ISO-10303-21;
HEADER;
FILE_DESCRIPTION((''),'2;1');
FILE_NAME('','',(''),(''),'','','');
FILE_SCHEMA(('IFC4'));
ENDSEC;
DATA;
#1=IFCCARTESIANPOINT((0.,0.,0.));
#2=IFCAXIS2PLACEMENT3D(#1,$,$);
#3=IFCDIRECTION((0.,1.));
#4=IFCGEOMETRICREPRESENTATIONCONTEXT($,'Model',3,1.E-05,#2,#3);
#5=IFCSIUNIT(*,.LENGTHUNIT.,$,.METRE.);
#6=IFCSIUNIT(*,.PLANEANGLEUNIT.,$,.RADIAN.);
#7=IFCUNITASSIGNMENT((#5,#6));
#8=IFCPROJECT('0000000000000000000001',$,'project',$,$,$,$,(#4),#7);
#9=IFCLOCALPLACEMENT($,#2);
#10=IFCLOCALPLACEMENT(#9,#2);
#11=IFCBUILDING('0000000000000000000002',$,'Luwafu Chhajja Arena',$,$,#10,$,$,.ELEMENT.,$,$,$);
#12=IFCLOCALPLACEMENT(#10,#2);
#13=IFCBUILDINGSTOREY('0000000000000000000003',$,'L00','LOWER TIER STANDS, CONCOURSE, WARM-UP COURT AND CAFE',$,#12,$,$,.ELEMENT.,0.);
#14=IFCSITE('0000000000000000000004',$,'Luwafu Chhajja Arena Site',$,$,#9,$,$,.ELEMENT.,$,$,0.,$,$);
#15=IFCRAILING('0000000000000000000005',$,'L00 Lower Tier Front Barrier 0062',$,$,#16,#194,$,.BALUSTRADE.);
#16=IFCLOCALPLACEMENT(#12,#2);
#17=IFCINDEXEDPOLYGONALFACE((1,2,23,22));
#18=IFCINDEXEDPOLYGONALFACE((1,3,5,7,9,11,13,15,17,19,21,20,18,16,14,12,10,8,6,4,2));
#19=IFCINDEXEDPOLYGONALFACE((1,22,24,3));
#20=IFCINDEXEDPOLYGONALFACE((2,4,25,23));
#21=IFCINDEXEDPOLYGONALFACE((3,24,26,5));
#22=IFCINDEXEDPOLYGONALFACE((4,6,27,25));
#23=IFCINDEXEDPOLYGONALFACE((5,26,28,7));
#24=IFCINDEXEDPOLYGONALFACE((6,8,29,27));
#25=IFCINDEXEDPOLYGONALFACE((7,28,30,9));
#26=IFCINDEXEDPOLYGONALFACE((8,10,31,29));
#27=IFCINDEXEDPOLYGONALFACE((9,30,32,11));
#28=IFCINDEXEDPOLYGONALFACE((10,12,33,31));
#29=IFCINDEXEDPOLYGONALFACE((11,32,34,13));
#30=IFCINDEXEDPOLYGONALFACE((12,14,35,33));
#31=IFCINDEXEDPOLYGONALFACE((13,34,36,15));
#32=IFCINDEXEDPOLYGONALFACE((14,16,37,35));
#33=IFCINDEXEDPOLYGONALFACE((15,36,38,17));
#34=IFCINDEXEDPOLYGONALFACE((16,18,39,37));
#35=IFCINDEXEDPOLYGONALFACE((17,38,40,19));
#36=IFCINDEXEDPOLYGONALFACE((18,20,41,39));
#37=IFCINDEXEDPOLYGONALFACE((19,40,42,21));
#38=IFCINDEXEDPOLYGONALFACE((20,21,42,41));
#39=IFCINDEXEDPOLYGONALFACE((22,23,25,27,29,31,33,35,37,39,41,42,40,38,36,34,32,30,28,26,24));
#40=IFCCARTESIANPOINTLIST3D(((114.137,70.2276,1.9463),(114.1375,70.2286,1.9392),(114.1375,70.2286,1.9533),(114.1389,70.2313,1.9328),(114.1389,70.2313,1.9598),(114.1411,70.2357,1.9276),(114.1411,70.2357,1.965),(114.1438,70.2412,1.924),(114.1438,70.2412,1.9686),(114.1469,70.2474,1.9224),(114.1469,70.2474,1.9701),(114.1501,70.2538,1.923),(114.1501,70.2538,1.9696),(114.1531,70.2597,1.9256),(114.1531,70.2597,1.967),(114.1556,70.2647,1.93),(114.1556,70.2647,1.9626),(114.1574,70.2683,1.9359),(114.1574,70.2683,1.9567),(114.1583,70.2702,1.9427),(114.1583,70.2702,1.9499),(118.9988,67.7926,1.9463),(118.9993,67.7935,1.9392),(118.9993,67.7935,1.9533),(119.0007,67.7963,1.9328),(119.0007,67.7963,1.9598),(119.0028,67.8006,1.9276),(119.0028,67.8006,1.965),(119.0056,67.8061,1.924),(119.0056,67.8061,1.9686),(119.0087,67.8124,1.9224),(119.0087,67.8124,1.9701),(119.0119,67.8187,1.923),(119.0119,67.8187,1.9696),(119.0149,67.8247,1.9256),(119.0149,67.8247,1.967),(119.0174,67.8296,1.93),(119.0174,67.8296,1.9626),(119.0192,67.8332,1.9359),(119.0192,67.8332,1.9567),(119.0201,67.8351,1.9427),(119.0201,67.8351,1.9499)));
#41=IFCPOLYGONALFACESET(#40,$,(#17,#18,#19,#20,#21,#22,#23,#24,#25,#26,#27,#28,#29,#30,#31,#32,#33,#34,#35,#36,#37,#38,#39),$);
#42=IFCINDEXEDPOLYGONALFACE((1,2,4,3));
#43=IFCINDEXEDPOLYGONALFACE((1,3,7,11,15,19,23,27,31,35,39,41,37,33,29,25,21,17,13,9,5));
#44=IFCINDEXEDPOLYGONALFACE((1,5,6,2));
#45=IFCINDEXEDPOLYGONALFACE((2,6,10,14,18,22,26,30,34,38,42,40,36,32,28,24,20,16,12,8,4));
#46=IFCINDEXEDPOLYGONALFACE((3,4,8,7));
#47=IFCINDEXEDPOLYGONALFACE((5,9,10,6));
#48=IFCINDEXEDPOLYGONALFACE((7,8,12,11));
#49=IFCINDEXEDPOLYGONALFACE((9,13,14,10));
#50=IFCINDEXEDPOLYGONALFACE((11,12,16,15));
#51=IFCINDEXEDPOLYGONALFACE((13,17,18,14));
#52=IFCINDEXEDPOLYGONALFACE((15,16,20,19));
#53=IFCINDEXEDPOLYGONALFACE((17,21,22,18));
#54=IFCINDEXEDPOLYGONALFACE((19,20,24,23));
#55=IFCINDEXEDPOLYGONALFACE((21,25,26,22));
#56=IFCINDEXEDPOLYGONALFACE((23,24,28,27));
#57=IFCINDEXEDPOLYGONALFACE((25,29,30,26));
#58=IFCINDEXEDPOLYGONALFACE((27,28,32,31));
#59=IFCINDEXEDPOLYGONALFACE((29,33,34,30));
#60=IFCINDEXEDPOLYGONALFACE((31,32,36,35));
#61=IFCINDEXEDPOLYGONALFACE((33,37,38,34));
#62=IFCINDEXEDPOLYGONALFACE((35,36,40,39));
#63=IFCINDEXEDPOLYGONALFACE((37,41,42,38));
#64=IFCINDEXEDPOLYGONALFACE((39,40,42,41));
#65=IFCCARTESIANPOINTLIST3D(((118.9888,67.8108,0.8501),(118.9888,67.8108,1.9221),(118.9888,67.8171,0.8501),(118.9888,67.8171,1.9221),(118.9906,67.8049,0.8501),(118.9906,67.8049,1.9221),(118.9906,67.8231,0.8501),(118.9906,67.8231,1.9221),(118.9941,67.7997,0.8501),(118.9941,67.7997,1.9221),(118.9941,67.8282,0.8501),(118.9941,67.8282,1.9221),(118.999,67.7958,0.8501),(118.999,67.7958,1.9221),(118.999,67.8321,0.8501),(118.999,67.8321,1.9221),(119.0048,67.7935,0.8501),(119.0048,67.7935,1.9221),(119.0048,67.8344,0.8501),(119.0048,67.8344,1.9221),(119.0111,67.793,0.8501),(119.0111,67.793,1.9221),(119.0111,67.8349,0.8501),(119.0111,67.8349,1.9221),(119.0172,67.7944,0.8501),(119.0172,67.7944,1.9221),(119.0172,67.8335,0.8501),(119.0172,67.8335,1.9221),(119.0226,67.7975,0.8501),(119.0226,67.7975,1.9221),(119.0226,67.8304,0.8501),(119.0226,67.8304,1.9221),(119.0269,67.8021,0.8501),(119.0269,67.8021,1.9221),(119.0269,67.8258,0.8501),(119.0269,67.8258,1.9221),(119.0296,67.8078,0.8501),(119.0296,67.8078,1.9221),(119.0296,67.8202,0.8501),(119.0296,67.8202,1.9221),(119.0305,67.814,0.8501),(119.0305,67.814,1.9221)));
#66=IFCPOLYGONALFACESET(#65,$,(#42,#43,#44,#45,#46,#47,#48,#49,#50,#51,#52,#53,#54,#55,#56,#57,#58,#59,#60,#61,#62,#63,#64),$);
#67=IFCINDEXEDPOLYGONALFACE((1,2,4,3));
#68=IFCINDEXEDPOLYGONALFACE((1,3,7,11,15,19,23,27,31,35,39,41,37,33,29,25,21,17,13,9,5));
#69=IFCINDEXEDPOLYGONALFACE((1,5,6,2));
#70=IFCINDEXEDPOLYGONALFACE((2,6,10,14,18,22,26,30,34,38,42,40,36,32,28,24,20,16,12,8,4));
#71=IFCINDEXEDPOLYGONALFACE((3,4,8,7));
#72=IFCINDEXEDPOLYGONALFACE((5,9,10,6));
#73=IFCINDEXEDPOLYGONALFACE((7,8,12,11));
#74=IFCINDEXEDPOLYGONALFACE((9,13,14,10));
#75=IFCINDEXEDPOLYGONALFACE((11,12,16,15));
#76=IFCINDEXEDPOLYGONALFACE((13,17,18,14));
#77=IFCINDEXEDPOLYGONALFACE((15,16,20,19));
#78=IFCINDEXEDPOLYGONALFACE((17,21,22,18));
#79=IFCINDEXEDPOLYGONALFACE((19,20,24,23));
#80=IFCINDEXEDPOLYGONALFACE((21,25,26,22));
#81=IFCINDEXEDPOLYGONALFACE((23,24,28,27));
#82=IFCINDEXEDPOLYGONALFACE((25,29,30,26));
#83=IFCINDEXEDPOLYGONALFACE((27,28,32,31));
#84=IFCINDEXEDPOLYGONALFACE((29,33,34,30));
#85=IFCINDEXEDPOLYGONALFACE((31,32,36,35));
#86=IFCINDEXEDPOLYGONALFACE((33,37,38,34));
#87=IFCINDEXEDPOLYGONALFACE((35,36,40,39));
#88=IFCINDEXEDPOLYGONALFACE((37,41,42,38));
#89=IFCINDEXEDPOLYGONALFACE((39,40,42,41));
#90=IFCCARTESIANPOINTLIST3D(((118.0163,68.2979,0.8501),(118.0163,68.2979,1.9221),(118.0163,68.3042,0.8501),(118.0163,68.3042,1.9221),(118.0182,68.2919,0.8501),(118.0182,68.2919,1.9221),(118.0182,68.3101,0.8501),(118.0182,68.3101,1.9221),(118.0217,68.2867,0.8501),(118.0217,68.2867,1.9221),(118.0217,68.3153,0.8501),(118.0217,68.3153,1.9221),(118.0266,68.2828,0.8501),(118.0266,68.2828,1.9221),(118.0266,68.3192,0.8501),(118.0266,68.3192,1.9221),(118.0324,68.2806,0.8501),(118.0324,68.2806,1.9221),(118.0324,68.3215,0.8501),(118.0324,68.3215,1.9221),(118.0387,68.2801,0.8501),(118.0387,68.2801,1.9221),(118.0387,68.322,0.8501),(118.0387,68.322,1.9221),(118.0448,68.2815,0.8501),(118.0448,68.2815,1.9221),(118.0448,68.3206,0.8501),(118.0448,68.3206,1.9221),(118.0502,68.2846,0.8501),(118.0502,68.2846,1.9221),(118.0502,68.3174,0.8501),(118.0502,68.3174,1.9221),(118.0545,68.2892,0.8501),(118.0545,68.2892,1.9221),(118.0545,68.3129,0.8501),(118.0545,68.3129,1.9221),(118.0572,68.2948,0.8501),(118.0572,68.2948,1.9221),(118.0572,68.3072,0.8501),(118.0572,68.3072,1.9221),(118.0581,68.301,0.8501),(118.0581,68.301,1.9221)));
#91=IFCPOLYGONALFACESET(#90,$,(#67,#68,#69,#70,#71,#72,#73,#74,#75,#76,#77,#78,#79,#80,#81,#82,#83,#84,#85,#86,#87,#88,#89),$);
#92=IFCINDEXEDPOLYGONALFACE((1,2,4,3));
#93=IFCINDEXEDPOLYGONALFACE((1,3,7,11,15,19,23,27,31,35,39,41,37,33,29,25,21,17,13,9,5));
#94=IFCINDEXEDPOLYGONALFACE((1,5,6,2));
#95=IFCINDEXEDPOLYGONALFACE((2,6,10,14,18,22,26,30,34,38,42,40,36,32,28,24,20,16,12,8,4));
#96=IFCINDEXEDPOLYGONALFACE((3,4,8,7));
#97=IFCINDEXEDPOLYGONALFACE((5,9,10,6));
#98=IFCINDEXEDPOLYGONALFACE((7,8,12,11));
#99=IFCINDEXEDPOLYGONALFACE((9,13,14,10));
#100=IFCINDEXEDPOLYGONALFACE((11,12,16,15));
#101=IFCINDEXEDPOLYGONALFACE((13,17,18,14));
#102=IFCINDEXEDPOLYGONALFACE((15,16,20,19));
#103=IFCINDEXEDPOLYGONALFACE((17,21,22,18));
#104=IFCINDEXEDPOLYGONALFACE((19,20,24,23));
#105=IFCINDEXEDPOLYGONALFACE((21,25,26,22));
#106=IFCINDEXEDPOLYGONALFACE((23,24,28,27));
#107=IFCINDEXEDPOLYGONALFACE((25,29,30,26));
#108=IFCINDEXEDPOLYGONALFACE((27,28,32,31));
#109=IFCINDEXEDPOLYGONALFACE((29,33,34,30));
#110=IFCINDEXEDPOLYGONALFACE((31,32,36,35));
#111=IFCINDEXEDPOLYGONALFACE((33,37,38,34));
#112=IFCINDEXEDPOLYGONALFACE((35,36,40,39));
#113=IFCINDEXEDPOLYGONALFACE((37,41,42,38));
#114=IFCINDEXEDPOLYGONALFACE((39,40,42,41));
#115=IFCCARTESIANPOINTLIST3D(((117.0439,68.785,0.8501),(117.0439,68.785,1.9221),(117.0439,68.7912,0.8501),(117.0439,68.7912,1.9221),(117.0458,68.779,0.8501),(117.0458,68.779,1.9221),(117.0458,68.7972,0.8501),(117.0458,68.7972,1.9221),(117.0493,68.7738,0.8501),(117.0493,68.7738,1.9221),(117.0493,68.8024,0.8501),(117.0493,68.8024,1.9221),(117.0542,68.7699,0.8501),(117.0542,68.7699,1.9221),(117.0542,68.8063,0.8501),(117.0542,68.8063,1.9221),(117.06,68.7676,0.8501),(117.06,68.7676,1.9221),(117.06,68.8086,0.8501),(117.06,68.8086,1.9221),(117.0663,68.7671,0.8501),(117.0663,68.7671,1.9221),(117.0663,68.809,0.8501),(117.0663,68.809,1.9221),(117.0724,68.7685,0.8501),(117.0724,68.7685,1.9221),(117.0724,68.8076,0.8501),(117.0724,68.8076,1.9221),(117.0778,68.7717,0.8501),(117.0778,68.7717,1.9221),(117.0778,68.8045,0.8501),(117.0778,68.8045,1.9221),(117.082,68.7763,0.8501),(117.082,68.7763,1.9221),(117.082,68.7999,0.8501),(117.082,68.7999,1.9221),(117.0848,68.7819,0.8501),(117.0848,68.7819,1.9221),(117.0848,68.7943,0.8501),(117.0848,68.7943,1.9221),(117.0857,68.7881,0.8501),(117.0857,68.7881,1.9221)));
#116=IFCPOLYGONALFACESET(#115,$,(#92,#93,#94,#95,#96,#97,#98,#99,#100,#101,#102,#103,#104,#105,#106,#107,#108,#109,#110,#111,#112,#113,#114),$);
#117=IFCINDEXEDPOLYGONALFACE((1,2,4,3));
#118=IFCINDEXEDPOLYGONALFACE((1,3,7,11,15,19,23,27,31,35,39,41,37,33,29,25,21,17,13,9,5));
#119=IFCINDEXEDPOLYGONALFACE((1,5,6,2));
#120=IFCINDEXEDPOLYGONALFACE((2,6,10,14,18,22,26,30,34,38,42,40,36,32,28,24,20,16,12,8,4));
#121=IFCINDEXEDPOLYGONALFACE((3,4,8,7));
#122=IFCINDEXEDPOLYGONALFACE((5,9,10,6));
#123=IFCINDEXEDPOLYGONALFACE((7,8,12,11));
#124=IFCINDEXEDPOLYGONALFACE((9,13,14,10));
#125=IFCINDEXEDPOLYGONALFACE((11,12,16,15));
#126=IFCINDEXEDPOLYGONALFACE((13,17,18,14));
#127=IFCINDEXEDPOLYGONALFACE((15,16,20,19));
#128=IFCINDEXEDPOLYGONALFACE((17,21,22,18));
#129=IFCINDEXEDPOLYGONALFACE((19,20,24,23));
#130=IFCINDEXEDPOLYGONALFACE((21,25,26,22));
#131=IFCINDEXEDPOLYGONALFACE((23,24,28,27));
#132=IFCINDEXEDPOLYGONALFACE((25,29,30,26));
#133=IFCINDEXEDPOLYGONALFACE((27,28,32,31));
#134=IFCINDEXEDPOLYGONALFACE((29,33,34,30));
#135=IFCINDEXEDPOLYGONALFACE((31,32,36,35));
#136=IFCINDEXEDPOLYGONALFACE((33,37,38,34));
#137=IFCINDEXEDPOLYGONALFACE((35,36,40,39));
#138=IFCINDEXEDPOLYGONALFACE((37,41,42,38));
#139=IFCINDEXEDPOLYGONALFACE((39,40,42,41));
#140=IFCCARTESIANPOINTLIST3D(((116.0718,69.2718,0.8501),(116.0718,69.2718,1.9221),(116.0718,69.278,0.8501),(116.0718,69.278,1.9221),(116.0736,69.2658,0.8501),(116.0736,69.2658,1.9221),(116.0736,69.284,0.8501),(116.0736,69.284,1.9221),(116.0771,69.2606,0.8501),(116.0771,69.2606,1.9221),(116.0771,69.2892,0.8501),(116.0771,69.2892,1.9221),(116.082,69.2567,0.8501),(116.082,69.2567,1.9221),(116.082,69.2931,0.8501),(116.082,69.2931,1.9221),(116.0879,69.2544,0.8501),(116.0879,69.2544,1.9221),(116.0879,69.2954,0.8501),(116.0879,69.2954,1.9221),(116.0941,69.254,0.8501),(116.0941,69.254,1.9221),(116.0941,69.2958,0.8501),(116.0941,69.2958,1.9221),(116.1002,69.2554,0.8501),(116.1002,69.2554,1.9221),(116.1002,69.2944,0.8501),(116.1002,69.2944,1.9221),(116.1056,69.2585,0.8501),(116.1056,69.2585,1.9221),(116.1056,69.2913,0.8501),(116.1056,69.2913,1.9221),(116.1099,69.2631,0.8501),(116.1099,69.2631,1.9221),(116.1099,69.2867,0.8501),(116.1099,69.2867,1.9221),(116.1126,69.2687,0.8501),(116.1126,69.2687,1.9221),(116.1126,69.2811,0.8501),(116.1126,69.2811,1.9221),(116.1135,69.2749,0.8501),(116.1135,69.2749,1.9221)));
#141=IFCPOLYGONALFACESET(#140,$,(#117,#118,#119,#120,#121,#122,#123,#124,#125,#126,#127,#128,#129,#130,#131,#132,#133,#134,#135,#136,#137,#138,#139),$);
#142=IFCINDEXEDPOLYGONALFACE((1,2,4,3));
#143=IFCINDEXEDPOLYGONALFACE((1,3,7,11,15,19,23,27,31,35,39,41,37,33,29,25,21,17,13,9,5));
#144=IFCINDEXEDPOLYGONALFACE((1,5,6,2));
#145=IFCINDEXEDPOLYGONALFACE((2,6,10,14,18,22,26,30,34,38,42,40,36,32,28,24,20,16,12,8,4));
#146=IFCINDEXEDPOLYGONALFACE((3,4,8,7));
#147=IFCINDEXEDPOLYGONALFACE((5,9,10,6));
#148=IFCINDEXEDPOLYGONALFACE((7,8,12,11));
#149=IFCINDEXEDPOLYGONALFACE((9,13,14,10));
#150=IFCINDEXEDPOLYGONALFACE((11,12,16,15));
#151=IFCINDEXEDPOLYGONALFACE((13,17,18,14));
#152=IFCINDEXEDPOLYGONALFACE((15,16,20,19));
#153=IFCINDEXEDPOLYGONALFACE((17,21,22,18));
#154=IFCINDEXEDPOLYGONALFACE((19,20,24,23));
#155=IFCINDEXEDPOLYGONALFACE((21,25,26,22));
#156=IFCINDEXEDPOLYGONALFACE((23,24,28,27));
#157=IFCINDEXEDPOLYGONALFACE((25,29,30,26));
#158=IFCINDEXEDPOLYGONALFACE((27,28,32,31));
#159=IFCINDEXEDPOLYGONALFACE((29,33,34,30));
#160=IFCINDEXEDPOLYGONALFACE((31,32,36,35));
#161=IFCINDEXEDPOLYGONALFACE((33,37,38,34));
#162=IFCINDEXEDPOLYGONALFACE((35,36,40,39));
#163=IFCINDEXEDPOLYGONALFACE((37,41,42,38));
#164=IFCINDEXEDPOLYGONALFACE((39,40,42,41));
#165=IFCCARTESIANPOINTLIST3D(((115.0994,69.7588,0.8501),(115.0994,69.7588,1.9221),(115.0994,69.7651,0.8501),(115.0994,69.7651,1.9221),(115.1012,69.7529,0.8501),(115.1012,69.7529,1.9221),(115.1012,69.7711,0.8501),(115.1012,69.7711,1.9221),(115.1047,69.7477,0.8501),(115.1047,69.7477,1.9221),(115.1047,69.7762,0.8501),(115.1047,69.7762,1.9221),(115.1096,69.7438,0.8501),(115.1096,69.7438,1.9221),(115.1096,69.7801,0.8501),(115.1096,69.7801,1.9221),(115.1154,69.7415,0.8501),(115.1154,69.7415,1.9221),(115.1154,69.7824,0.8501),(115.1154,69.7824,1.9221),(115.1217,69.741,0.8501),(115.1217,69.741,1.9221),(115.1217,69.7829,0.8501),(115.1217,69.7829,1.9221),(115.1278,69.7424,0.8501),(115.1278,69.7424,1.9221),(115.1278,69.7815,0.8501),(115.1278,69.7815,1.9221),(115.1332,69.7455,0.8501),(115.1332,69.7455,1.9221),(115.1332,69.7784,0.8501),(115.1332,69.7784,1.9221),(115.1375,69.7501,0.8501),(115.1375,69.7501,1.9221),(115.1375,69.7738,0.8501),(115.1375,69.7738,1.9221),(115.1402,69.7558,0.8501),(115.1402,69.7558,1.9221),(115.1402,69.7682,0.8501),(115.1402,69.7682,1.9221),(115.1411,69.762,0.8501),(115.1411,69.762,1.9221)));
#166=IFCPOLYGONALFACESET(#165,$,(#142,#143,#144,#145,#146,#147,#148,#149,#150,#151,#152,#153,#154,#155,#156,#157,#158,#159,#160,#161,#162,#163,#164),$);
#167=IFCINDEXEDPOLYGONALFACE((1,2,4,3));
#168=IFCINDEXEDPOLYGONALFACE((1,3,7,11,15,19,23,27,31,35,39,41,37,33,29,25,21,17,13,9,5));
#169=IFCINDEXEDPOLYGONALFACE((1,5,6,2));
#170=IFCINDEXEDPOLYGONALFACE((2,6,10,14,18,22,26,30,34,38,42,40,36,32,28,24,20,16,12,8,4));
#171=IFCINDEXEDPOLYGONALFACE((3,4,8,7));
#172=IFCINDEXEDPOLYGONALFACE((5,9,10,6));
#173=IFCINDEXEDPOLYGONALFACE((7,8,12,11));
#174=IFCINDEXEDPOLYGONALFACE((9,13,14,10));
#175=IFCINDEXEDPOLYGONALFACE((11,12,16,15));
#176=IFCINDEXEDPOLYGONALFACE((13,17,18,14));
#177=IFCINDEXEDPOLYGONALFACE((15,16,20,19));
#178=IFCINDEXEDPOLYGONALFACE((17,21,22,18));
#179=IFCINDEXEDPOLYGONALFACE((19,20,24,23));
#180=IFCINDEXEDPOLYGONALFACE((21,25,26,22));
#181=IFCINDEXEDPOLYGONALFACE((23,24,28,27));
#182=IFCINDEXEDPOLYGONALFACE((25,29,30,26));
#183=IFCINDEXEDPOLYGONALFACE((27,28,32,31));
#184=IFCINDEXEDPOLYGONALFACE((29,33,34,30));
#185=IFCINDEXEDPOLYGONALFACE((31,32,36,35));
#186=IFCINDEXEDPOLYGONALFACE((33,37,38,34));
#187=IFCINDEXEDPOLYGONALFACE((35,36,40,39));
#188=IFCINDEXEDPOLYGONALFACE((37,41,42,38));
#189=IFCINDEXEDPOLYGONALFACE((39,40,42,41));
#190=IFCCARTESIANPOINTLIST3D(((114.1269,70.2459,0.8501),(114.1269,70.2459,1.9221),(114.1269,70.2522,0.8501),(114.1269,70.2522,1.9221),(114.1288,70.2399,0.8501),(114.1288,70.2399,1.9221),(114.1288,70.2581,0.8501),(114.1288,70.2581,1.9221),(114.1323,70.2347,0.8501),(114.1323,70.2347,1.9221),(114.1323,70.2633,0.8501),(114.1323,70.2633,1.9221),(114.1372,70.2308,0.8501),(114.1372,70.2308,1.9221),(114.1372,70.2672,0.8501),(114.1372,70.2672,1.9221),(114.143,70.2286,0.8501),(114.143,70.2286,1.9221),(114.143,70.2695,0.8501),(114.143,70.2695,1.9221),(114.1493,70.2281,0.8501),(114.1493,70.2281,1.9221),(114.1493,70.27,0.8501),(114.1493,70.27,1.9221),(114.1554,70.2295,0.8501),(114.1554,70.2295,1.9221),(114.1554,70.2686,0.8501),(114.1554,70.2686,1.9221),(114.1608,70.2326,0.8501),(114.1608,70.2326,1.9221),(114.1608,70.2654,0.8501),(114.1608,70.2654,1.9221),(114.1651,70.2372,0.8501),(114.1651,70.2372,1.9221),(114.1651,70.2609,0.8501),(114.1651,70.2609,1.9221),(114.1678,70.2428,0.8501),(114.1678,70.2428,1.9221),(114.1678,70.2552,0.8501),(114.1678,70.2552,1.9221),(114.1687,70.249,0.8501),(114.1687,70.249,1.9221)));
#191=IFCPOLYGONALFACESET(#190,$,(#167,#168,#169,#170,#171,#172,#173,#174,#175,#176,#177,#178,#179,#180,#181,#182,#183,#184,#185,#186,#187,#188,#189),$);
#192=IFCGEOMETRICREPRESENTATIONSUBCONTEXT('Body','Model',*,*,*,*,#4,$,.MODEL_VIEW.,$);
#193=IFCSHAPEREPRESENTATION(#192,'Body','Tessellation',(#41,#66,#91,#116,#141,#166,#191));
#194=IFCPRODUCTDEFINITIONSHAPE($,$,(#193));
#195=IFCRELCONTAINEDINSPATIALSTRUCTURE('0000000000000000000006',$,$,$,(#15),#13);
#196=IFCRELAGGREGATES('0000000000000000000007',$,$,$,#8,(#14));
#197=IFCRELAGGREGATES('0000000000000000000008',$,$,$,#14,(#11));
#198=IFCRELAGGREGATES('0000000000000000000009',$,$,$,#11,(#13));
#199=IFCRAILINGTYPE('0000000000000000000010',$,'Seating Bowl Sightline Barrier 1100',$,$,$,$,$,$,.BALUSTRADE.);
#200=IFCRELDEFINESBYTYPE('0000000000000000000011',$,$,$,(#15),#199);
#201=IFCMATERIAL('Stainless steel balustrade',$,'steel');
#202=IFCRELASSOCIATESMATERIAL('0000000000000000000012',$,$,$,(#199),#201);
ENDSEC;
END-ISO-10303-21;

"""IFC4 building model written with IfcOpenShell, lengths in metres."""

from ifc_helpers import new_model, si_unit, direction, frame, origin, origin_2d, place, context, subcontext, project, spatial, circle, extrude, material, type_object, element, save


model = new_model("IFC4")

# Units and contexts
model_context = context("Model", 3, precision=1e-05, world=origin(), true_north=direction((0.0, 1.0)))
body_context = subcontext(model_context, "Body", "Model", "MODEL_VIEW")
ifc_project = project(units=[si_unit("LENGTHUNIT", "METRE"), si_unit("PLANEANGLEUNIT", "RADIAN")], contexts=[model_context])

# Site, building, storey
site_placement = place(None, origin())
site = spatial("IfcSite", under=ifc_project, at=site_placement, Name="Luwafu Chhajja Arena Site", CompositionType="ELEMENT", RefElevation=0.0)
building_placement = place(site_placement, origin())
building = spatial("IfcBuilding", under=site, at=building_placement, Name="Luwafu Chhajja Arena", CompositionType="ELEMENT")
storey_placement = place(building_placement, origin())
storey = spatial("IfcBuildingStorey", under=building, at=storey_placement, Name="L00", Description="LOWER TIER STANDS, CONCOURSE, WARM-UP COURT AND CAFE", CompositionType="ELEMENT", Elevation=0.0)

# Railing
ifc_material_1 = material(Name="Stainless steel balustrade", Category="steel")
railing_type = type_object("IfcRailingType", Name="Seating Bowl Sightline Barrier 1100", PredefinedType="BALUSTRADE", material=ifc_material_1)
railing_1_placement = place(storey_placement, frame((119.0095, 67.814, 0.8501)))
element("IfcRailing", 1, at=railing_1_placement, inside=storey, type_object=railing_type, Name="L00 Lower Tier Front Barrier 0062", PredefinedType="BALUSTRADE", context=body_context, shape_type="SweptSolid", body=[
    extrude(circle(Radius=0.0239, at=origin_2d()), frame((0.0, 0.0, 1.0962), z_axis=(-0.894122, 0.447824, 0.0), x_axis=(-0.447824, -0.894122, 0.0)), (0.0, 0.0, 1.0), 5.4375),
    extrude(circle(Radius=0.021, at=origin_2d()), origin(), (0.0, 0.0, 1.0), 1.072),
    extrude(circle(Radius=0.021, at=origin_2d()), frame((-0.9724, 0.4871, 0.0)), (0.0, 0.0, 1.0), 1.072),
    extrude(circle(Radius=0.021, at=origin_2d()), frame((-1.9448, 0.9741, 0.0)), (0.0, 0.0, 1.0), 1.072),
    extrude(circle(Radius=0.021, at=origin_2d()), frame((-2.917, 1.4609, 0.0)), (0.0, 0.0, 1.0), 1.072),
    extrude(circle(Radius=0.021, at=origin_2d()), frame((-3.8894, 1.948, 0.0)), (0.0, 0.0, 1.0), 1.072),
    extrude(circle(Radius=0.021, at=origin_2d()), frame((-4.8618, 2.4351, 0.0)), (0.0, 0.0, 1.0), 1.072),
])

save(model, "model.ifc")
